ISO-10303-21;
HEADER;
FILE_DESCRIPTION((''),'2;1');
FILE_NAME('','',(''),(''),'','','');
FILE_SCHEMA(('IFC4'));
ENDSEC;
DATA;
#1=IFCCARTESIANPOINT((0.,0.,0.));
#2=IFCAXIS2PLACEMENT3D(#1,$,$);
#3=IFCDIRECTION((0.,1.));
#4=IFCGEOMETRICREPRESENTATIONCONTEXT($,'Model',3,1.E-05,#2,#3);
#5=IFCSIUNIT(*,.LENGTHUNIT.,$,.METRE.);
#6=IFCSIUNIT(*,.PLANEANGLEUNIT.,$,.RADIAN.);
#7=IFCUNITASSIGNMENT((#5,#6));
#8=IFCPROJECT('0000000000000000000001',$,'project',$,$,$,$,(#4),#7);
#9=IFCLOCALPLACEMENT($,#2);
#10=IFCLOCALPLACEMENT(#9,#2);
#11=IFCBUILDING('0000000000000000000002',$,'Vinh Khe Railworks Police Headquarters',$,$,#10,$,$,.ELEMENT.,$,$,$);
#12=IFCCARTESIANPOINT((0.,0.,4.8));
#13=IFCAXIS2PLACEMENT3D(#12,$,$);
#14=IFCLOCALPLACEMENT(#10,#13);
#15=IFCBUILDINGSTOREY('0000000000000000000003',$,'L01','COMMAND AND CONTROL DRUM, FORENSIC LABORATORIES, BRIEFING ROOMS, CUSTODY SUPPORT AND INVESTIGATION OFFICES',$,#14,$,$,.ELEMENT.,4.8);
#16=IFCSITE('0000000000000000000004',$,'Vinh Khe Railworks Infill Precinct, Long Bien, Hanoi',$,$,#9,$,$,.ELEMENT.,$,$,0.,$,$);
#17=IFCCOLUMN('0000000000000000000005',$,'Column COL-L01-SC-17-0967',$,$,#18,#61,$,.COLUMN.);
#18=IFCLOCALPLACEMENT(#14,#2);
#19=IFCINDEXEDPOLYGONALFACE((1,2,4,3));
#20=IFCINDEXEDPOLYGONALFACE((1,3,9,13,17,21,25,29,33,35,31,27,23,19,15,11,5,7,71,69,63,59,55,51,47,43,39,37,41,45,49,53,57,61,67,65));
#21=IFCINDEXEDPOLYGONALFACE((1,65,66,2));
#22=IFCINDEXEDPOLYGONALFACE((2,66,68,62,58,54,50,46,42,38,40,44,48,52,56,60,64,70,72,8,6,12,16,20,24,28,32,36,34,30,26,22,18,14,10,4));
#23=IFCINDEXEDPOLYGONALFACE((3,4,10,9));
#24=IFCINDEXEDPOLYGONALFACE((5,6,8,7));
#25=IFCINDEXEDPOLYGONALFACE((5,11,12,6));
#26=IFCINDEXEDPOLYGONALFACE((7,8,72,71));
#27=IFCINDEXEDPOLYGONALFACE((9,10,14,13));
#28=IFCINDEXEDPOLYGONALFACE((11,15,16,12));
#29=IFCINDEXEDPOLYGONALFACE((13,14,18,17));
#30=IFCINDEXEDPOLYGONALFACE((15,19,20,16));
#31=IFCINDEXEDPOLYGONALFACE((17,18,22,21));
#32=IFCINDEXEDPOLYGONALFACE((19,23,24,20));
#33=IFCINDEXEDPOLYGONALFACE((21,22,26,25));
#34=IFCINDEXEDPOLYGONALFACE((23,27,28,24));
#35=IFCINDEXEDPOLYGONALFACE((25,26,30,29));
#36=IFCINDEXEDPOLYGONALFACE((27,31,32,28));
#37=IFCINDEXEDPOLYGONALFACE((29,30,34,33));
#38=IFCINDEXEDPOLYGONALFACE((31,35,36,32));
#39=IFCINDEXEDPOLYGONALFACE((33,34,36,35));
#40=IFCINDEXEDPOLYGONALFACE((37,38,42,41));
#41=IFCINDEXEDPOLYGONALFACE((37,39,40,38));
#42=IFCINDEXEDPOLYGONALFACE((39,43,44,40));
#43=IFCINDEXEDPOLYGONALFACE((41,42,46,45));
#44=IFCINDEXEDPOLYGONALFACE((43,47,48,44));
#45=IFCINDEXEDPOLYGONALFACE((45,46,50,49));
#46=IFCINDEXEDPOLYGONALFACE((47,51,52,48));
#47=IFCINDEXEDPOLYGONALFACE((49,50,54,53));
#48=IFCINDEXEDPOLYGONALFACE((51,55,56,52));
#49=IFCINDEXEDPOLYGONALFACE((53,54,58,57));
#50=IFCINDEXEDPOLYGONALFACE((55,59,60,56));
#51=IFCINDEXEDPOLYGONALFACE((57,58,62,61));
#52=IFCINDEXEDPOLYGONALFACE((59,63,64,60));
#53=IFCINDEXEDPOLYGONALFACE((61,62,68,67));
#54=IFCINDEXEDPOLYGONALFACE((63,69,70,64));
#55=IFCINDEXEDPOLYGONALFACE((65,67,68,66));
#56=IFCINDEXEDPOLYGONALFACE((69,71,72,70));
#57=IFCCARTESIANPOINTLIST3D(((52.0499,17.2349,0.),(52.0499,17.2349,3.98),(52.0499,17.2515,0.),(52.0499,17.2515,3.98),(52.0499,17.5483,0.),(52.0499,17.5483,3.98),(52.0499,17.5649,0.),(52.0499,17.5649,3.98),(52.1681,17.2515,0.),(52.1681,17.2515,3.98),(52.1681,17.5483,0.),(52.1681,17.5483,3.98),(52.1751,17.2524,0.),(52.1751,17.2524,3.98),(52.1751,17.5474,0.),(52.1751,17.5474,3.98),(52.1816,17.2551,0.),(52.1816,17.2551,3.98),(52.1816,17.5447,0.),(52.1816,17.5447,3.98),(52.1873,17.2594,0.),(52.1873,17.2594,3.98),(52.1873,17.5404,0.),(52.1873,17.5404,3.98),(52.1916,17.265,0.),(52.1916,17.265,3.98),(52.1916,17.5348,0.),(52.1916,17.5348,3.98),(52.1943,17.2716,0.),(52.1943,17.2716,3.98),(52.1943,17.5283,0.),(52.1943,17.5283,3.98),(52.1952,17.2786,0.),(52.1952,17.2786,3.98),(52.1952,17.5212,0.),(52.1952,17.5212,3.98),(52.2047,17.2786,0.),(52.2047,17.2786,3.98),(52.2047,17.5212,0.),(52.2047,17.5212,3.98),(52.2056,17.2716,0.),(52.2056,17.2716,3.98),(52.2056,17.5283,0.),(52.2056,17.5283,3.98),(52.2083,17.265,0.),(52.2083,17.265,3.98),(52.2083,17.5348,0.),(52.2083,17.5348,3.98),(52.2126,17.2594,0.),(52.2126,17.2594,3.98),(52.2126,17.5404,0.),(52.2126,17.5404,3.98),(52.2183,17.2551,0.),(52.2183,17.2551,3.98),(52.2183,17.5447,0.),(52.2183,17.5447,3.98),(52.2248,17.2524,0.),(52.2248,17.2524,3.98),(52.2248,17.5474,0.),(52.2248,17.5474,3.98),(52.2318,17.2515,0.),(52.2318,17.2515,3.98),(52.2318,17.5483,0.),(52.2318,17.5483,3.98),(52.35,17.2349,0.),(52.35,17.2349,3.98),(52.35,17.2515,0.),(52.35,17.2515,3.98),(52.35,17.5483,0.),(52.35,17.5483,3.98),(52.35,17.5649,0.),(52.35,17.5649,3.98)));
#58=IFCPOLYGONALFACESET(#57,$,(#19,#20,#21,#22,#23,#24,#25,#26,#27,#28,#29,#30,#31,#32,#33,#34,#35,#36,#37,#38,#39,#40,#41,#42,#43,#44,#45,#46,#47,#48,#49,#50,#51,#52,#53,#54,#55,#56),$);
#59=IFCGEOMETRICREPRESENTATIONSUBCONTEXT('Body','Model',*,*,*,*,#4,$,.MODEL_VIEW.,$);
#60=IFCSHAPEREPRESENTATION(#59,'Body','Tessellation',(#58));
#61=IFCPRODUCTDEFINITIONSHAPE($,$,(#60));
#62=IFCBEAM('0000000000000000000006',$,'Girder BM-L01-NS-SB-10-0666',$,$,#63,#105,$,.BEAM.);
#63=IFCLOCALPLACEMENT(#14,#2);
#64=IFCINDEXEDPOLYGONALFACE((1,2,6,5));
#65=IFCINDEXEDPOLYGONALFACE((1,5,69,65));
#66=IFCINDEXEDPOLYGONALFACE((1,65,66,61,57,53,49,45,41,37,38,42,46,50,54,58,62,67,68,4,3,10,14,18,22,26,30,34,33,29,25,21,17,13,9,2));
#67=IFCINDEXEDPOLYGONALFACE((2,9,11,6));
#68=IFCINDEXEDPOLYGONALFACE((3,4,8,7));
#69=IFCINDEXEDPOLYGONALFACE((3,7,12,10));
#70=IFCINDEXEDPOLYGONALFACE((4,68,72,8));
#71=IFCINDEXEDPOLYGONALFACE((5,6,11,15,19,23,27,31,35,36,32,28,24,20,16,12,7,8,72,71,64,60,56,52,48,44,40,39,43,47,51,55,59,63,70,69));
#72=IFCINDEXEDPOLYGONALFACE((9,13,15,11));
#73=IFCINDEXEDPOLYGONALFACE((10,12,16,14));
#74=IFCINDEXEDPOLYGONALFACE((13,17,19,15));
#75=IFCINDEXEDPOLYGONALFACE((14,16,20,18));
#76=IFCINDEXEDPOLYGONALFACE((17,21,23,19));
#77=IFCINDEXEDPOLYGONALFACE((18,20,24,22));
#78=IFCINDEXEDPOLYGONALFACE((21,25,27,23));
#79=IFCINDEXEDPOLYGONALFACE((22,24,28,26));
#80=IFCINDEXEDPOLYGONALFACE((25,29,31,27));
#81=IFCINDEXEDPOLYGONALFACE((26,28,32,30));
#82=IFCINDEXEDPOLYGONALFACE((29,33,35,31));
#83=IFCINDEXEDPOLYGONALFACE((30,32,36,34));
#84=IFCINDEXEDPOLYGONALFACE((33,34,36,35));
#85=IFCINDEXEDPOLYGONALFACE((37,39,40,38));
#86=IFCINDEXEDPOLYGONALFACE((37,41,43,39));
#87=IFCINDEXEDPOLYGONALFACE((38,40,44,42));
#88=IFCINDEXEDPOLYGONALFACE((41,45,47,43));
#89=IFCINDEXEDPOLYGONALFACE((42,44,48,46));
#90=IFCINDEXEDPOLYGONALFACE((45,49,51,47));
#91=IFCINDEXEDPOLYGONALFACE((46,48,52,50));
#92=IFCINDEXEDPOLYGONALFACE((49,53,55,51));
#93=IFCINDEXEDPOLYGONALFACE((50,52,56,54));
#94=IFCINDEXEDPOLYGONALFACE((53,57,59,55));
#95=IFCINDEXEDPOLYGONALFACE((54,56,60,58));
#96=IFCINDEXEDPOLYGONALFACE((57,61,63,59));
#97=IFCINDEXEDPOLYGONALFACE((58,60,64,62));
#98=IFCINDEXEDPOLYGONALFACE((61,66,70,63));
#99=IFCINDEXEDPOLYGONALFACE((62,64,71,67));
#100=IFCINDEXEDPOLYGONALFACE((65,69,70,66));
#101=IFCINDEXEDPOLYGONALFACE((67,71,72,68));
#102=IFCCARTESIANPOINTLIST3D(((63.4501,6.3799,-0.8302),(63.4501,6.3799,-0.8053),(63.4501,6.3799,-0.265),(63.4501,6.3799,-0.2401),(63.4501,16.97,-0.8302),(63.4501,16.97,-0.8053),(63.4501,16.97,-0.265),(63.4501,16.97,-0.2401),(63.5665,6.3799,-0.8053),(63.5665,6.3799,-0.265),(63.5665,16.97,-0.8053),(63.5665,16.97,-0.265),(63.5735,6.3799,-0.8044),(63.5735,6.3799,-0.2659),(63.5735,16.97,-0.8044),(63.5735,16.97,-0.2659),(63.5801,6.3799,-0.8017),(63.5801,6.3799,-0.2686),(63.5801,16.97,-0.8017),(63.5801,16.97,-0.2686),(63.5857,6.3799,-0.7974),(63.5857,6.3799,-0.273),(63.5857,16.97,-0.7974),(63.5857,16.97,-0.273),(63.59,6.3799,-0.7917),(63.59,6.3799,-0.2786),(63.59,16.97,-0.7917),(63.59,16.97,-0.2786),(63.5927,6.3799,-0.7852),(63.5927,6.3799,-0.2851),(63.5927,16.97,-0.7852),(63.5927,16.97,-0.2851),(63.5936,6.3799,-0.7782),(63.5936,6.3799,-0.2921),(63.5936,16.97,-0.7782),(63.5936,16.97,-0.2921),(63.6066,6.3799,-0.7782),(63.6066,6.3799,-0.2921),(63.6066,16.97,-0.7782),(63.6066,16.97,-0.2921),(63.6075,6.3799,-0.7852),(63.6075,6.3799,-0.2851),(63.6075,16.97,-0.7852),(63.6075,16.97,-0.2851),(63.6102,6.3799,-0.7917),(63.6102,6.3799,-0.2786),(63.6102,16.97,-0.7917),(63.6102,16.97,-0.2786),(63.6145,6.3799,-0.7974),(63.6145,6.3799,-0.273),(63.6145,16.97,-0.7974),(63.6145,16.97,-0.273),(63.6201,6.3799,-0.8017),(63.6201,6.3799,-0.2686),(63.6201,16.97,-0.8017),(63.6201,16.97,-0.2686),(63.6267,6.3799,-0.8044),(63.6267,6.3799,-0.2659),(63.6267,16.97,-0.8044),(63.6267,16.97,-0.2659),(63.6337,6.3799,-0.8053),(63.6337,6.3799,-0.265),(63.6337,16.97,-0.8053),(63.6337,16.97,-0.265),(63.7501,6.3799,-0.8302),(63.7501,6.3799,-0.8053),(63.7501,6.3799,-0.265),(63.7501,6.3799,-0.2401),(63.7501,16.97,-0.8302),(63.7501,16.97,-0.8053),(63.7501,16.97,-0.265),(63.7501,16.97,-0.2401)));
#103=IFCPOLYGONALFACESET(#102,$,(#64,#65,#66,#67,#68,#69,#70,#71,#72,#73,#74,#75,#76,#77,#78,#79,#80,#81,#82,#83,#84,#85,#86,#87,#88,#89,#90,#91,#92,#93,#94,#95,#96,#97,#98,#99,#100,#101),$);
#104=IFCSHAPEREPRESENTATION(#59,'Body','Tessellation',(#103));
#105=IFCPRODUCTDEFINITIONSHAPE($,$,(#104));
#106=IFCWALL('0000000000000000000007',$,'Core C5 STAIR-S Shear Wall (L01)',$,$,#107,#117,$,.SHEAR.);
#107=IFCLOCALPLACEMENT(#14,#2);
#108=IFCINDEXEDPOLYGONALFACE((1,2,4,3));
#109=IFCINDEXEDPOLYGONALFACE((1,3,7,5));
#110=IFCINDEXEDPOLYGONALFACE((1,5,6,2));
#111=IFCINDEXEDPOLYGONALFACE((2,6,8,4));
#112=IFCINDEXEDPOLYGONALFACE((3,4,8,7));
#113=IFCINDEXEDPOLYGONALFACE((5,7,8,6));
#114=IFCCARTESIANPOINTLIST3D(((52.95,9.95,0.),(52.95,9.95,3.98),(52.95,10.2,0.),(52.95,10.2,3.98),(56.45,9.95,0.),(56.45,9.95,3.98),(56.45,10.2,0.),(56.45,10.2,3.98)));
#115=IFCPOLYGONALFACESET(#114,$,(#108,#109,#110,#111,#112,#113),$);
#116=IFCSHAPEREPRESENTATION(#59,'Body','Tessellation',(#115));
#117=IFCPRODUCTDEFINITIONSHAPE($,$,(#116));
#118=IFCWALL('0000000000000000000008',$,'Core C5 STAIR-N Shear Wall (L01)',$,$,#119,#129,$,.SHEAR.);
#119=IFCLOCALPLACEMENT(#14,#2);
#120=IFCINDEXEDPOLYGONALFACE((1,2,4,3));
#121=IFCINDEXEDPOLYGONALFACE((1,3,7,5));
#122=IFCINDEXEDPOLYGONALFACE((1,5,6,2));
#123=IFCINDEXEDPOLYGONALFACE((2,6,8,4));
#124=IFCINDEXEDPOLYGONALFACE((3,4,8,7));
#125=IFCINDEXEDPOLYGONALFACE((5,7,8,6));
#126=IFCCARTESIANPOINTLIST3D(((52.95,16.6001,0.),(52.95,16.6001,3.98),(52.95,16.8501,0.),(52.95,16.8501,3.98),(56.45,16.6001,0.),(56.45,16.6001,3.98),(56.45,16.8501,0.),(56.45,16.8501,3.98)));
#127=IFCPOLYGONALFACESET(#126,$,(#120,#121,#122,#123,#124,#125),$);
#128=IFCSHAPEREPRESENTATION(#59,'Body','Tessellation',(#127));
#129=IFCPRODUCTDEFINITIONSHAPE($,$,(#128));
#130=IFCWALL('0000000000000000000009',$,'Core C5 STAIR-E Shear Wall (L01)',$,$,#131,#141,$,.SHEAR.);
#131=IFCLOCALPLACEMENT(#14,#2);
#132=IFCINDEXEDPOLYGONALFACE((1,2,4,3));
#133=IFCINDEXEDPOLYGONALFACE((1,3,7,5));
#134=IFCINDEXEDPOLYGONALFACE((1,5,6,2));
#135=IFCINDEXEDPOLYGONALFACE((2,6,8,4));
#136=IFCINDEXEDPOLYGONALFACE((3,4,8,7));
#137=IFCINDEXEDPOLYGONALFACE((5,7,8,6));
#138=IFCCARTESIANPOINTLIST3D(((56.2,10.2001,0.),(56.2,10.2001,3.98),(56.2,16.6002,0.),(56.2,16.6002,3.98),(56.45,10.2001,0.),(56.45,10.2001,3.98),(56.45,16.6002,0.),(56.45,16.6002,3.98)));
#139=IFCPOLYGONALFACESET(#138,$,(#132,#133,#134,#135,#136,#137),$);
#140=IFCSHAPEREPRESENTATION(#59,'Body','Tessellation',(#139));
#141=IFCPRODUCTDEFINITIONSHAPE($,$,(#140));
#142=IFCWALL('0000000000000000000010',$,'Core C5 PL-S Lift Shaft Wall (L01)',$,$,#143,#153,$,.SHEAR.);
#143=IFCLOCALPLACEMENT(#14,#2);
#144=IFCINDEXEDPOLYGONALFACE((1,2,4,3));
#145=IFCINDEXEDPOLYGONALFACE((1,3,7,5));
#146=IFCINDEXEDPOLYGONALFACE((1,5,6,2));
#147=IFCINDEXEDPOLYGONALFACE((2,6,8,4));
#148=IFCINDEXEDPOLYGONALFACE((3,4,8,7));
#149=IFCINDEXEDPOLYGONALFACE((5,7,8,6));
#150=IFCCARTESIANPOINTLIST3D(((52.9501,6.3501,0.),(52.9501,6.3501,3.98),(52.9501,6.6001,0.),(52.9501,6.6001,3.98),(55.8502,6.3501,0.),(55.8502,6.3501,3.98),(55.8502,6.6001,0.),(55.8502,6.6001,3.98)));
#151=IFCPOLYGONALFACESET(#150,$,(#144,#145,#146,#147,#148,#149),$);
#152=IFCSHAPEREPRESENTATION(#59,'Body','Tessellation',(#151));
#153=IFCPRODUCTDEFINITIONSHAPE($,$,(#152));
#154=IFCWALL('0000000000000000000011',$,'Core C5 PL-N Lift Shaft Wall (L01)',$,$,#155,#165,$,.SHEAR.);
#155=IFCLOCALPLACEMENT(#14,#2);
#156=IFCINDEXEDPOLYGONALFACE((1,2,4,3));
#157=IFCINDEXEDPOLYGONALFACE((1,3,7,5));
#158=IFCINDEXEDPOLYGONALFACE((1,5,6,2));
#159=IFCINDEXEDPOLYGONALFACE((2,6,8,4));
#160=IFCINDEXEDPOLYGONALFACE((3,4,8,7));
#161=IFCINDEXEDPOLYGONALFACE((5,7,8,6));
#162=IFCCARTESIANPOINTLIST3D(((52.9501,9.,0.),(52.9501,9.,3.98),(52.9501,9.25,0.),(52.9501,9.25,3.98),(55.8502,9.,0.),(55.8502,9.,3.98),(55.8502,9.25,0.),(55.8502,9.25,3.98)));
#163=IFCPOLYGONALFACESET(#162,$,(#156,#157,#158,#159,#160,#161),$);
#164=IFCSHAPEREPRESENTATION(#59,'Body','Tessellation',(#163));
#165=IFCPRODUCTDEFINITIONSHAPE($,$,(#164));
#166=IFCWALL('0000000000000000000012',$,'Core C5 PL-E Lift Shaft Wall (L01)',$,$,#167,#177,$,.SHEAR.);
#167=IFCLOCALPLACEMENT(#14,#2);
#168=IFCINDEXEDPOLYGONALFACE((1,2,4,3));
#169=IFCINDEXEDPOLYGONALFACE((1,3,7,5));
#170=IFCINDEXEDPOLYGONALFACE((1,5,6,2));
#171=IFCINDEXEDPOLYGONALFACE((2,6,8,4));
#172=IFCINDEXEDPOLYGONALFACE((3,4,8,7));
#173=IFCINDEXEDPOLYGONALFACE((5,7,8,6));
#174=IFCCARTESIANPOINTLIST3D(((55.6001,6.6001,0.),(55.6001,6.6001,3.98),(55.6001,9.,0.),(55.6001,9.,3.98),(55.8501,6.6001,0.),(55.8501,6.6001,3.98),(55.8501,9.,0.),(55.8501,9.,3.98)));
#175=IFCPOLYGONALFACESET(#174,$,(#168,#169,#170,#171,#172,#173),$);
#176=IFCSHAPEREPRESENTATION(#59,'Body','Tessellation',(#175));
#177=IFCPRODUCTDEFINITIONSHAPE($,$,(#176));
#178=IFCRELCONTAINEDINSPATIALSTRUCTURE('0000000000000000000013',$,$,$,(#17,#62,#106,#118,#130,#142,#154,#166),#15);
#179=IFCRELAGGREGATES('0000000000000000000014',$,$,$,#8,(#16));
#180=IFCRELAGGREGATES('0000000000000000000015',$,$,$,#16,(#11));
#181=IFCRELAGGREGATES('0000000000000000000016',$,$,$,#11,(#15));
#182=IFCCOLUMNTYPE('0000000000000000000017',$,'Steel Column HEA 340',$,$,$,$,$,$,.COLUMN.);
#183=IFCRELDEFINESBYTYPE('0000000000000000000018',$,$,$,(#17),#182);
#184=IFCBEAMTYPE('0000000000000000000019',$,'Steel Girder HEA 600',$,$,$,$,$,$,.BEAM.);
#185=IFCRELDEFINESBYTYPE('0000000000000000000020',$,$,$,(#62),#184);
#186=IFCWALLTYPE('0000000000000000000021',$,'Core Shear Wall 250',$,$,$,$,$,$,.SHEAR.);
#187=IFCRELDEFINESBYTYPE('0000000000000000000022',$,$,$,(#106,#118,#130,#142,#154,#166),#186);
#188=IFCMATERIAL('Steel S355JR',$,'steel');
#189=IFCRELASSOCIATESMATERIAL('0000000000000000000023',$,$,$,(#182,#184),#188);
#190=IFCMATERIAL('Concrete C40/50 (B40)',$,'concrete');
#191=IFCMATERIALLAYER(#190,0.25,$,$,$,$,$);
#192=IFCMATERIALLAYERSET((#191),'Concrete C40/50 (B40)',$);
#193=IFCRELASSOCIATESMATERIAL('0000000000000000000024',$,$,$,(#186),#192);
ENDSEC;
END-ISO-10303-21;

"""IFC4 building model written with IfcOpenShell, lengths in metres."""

from ifc_helpers import new_model, si_unit, direction, frame, frame_2d, origin, origin_2d, place, context, subcontext, project, spatial, rectangle, i_section, extrude, material, layer, layer_set, material_profile, profile_set, type_object, element, save


model = new_model("IFC4")

# Units and contexts
model_context = context("Model", 3, precision=1e-05, world=origin(), true_north=direction((0.0, 1.0)))
body_context = subcontext(model_context, "Body", "Model", "MODEL_VIEW")
ifc_project = project(units=[si_unit("LENGTHUNIT", "METRE"), si_unit("PLANEANGLEUNIT", "RADIAN")], contexts=[model_context])

# Site, building, storey
site_placement = place(None, origin())
site = spatial("IfcSite", under=ifc_project, at=site_placement, Name="Vinh Khe Railworks Infill Precinct, Long Bien, Hanoi", CompositionType="ELEMENT", RefElevation=0.0)
building_placement = place(site_placement, origin())
building = spatial("IfcBuilding", under=site, at=building_placement, Name="Vinh Khe Railworks Police Headquarters", CompositionType="ELEMENT")
storey_placement = place(building_placement, frame((0.0, 0.0, 4.8)))
storey = spatial("IfcBuildingStorey", under=building, at=storey_placement, Name="L01", Description="COMMAND AND CONTROL DRUM, FORENSIC LABORATORIES, BRIEFING ROOMS, CUSTODY SUPPORT AND INVESTIGATION OFFICES", CompositionType="ELEMENT", Elevation=4.8)

# Column
ifc_material_1 = material(Name="Steel S355JR", Category="steel")
ifc_material_profile_1 = material_profile(ifc_material_1, i_section(OverallWidth=0.3, OverallDepth=0.3301, WebThickness=0.0095, FlangeThickness=0.0166, FilletRadius=0.0271, at=origin_2d()), Name="HEA 340")
ifc_profile_set_1 = profile_set([ifc_material_profile_1], Name="Steel S355JR")
column_type = type_object("IfcColumnType", Name="Steel Column HEA 340", PredefinedType="COLUMN", material=ifc_profile_set_1)
column_placement = place(storey_placement, frame((52.2, 17.3999, 0.0), z_axis=(0.0, 0.0, 1.0), x_axis=(1.0, 0.0, 0.0)))
element("IfcColumn", 1, at=column_placement, inside=storey, type_object=column_type, Name="Column COL-L01-SC-17-0967", PredefinedType="COLUMN", context=body_context, shape_type="SweptSolid", body=[
    extrude(i_section(OverallWidth=0.3, OverallDepth=0.3301, WebThickness=0.0095, FlangeThickness=0.0166, FilletRadius=0.0271, at=origin_2d()), origin(), (0.0, 0.0, 1.0), 3.98),
])

# Beam
ifc_material_profile_2 = material_profile(ifc_material_1, i_section(OverallWidth=0.3, OverallDepth=0.5901, WebThickness=0.0129, FlangeThickness=0.0249, FilletRadius=0.0271, at=origin_2d()), Name="HEA 600")
ifc_profile_set_2 = profile_set([ifc_material_profile_2], Name="Steel S355JR")
beam_type = type_object("IfcBeamType", Name="Steel Girder HEA 600", PredefinedType="BEAM", material=ifc_profile_set_2)
beam_placement = place(storey_placement, frame((63.6001, 6.3799, -0.5352), z_axis=(0.0, 1.0, 0.0), x_axis=(-1.0, 0.0, 0.0)))
element("IfcBeam", 2, at=beam_placement, inside=storey, type_object=beam_type, Name="Girder BM-L01-NS-SB-10-0666", PredefinedType="BEAM", context=body_context, shape_type="SweptSolid", body=[
    extrude(i_section(OverallWidth=0.3, OverallDepth=0.5901, WebThickness=0.0129, FlangeThickness=0.0249, FilletRadius=0.0271, at=origin_2d()), origin(), (0.0, 0.0, 1.0), 10.5901),
])

# Walls
ifc_material_2 = material(Name="Concrete C40/50 (B40)", Category="concrete")
ifc_layer_1 = layer(ifc_material_2, 0.25)
ifc_layer_set_1 = layer_set([ifc_layer_1], Name="Concrete C40/50 (B40)")
wall_type_1 = type_object("IfcWallType", Name="Core Shear Wall 250", PredefinedType="SHEAR", material=ifc_layer_set_1)
for number, where, z_axis, x_axis, name in (
    (3, (52.95, 10.075, 0.0), (0.0, 0.0, 1.0), (1.0, 0.0, 0.0), "Core C5 STAIR-S Shear Wall (L01)"),
    (4, (52.95, 16.7251, 0.0), (0.0, 0.0, 1.0), (1.0, 0.0, 0.0), "Core C5 STAIR-N Shear Wall (L01)"),
):
    element("IfcWall", number, at=place(storey_placement, frame(where, z_axis=z_axis, x_axis=x_axis)), inside=storey, type_object=wall_type_1, Name=name, PredefinedType="SHEAR", context=body_context, shape_type="SweptSolid", body=[
        extrude(rectangle(XDim=3.5, YDim=0.25, at=frame_2d((1.75, 0.0))), origin(), (0.0, 0.0, 1.0), 3.98),
    ])

# Walls
wall_1_placement = place(storey_placement, frame((56.325, 10.2, 0.0), z_axis=(0.0, 0.0, 1.0), x_axis=(0.0, 1.0, 0.0)))
element("IfcWall", 5, at=wall_1_placement, inside=storey, type_object=wall_type_1, Name="Core C5 STAIR-E Shear Wall (L01)", PredefinedType="SHEAR", context=body_context, shape_type="SweptSolid", body=[
    extrude(rectangle(XDim=6.4001, YDim=0.25, at=frame_2d((3.2002, 0.0))), origin(), (0.0, 0.0, 1.0), 3.98),
])
for number, where, z_axis, x_axis, name in (
    (6, (52.95, 6.4751, 0.0), (0.0, 0.0, 1.0), (1.0, 0.0, 0.0), "Core C5 PL-S Lift Shaft Wall (L01)"),
    (7, (52.95, 9.125, 0.0), (0.0, 0.0, 1.0), (1.0, 0.0, 0.0), "Core C5 PL-N Lift Shaft Wall (L01)"),
):
    element("IfcWall", number, at=place(storey_placement, frame(where, z_axis=z_axis, x_axis=x_axis)), inside=storey, type_object=wall_type_1, Name=name, PredefinedType="SHEAR", context=body_context, shape_type="SweptSolid", body=[
        extrude(rectangle(XDim=2.9001, YDim=0.25, at=frame_2d((1.4502, 0.0))), origin(), (0.0, 0.0, 1.0), 3.98),
    ])

# Wall
wall_2_placement = place(storey_placement, frame((55.7251, 6.6001, 0.0), z_axis=(0.0, 0.0, 1.0), x_axis=(0.0, 1.0, 0.0)))
element("IfcWall", 8, at=wall_2_placement, inside=storey, type_object=wall_type_1, Name="Core C5 PL-E Lift Shaft Wall (L01)", PredefinedType="SHEAR", context=body_context, shape_type="SweptSolid", body=[
    extrude(rectangle(XDim=2.3999, YDim=0.25, at=frame_2d((1.2, 0.0))), origin(), (0.0, 0.0, 1.0), 3.98),
])

save(model, "model.ifc")
